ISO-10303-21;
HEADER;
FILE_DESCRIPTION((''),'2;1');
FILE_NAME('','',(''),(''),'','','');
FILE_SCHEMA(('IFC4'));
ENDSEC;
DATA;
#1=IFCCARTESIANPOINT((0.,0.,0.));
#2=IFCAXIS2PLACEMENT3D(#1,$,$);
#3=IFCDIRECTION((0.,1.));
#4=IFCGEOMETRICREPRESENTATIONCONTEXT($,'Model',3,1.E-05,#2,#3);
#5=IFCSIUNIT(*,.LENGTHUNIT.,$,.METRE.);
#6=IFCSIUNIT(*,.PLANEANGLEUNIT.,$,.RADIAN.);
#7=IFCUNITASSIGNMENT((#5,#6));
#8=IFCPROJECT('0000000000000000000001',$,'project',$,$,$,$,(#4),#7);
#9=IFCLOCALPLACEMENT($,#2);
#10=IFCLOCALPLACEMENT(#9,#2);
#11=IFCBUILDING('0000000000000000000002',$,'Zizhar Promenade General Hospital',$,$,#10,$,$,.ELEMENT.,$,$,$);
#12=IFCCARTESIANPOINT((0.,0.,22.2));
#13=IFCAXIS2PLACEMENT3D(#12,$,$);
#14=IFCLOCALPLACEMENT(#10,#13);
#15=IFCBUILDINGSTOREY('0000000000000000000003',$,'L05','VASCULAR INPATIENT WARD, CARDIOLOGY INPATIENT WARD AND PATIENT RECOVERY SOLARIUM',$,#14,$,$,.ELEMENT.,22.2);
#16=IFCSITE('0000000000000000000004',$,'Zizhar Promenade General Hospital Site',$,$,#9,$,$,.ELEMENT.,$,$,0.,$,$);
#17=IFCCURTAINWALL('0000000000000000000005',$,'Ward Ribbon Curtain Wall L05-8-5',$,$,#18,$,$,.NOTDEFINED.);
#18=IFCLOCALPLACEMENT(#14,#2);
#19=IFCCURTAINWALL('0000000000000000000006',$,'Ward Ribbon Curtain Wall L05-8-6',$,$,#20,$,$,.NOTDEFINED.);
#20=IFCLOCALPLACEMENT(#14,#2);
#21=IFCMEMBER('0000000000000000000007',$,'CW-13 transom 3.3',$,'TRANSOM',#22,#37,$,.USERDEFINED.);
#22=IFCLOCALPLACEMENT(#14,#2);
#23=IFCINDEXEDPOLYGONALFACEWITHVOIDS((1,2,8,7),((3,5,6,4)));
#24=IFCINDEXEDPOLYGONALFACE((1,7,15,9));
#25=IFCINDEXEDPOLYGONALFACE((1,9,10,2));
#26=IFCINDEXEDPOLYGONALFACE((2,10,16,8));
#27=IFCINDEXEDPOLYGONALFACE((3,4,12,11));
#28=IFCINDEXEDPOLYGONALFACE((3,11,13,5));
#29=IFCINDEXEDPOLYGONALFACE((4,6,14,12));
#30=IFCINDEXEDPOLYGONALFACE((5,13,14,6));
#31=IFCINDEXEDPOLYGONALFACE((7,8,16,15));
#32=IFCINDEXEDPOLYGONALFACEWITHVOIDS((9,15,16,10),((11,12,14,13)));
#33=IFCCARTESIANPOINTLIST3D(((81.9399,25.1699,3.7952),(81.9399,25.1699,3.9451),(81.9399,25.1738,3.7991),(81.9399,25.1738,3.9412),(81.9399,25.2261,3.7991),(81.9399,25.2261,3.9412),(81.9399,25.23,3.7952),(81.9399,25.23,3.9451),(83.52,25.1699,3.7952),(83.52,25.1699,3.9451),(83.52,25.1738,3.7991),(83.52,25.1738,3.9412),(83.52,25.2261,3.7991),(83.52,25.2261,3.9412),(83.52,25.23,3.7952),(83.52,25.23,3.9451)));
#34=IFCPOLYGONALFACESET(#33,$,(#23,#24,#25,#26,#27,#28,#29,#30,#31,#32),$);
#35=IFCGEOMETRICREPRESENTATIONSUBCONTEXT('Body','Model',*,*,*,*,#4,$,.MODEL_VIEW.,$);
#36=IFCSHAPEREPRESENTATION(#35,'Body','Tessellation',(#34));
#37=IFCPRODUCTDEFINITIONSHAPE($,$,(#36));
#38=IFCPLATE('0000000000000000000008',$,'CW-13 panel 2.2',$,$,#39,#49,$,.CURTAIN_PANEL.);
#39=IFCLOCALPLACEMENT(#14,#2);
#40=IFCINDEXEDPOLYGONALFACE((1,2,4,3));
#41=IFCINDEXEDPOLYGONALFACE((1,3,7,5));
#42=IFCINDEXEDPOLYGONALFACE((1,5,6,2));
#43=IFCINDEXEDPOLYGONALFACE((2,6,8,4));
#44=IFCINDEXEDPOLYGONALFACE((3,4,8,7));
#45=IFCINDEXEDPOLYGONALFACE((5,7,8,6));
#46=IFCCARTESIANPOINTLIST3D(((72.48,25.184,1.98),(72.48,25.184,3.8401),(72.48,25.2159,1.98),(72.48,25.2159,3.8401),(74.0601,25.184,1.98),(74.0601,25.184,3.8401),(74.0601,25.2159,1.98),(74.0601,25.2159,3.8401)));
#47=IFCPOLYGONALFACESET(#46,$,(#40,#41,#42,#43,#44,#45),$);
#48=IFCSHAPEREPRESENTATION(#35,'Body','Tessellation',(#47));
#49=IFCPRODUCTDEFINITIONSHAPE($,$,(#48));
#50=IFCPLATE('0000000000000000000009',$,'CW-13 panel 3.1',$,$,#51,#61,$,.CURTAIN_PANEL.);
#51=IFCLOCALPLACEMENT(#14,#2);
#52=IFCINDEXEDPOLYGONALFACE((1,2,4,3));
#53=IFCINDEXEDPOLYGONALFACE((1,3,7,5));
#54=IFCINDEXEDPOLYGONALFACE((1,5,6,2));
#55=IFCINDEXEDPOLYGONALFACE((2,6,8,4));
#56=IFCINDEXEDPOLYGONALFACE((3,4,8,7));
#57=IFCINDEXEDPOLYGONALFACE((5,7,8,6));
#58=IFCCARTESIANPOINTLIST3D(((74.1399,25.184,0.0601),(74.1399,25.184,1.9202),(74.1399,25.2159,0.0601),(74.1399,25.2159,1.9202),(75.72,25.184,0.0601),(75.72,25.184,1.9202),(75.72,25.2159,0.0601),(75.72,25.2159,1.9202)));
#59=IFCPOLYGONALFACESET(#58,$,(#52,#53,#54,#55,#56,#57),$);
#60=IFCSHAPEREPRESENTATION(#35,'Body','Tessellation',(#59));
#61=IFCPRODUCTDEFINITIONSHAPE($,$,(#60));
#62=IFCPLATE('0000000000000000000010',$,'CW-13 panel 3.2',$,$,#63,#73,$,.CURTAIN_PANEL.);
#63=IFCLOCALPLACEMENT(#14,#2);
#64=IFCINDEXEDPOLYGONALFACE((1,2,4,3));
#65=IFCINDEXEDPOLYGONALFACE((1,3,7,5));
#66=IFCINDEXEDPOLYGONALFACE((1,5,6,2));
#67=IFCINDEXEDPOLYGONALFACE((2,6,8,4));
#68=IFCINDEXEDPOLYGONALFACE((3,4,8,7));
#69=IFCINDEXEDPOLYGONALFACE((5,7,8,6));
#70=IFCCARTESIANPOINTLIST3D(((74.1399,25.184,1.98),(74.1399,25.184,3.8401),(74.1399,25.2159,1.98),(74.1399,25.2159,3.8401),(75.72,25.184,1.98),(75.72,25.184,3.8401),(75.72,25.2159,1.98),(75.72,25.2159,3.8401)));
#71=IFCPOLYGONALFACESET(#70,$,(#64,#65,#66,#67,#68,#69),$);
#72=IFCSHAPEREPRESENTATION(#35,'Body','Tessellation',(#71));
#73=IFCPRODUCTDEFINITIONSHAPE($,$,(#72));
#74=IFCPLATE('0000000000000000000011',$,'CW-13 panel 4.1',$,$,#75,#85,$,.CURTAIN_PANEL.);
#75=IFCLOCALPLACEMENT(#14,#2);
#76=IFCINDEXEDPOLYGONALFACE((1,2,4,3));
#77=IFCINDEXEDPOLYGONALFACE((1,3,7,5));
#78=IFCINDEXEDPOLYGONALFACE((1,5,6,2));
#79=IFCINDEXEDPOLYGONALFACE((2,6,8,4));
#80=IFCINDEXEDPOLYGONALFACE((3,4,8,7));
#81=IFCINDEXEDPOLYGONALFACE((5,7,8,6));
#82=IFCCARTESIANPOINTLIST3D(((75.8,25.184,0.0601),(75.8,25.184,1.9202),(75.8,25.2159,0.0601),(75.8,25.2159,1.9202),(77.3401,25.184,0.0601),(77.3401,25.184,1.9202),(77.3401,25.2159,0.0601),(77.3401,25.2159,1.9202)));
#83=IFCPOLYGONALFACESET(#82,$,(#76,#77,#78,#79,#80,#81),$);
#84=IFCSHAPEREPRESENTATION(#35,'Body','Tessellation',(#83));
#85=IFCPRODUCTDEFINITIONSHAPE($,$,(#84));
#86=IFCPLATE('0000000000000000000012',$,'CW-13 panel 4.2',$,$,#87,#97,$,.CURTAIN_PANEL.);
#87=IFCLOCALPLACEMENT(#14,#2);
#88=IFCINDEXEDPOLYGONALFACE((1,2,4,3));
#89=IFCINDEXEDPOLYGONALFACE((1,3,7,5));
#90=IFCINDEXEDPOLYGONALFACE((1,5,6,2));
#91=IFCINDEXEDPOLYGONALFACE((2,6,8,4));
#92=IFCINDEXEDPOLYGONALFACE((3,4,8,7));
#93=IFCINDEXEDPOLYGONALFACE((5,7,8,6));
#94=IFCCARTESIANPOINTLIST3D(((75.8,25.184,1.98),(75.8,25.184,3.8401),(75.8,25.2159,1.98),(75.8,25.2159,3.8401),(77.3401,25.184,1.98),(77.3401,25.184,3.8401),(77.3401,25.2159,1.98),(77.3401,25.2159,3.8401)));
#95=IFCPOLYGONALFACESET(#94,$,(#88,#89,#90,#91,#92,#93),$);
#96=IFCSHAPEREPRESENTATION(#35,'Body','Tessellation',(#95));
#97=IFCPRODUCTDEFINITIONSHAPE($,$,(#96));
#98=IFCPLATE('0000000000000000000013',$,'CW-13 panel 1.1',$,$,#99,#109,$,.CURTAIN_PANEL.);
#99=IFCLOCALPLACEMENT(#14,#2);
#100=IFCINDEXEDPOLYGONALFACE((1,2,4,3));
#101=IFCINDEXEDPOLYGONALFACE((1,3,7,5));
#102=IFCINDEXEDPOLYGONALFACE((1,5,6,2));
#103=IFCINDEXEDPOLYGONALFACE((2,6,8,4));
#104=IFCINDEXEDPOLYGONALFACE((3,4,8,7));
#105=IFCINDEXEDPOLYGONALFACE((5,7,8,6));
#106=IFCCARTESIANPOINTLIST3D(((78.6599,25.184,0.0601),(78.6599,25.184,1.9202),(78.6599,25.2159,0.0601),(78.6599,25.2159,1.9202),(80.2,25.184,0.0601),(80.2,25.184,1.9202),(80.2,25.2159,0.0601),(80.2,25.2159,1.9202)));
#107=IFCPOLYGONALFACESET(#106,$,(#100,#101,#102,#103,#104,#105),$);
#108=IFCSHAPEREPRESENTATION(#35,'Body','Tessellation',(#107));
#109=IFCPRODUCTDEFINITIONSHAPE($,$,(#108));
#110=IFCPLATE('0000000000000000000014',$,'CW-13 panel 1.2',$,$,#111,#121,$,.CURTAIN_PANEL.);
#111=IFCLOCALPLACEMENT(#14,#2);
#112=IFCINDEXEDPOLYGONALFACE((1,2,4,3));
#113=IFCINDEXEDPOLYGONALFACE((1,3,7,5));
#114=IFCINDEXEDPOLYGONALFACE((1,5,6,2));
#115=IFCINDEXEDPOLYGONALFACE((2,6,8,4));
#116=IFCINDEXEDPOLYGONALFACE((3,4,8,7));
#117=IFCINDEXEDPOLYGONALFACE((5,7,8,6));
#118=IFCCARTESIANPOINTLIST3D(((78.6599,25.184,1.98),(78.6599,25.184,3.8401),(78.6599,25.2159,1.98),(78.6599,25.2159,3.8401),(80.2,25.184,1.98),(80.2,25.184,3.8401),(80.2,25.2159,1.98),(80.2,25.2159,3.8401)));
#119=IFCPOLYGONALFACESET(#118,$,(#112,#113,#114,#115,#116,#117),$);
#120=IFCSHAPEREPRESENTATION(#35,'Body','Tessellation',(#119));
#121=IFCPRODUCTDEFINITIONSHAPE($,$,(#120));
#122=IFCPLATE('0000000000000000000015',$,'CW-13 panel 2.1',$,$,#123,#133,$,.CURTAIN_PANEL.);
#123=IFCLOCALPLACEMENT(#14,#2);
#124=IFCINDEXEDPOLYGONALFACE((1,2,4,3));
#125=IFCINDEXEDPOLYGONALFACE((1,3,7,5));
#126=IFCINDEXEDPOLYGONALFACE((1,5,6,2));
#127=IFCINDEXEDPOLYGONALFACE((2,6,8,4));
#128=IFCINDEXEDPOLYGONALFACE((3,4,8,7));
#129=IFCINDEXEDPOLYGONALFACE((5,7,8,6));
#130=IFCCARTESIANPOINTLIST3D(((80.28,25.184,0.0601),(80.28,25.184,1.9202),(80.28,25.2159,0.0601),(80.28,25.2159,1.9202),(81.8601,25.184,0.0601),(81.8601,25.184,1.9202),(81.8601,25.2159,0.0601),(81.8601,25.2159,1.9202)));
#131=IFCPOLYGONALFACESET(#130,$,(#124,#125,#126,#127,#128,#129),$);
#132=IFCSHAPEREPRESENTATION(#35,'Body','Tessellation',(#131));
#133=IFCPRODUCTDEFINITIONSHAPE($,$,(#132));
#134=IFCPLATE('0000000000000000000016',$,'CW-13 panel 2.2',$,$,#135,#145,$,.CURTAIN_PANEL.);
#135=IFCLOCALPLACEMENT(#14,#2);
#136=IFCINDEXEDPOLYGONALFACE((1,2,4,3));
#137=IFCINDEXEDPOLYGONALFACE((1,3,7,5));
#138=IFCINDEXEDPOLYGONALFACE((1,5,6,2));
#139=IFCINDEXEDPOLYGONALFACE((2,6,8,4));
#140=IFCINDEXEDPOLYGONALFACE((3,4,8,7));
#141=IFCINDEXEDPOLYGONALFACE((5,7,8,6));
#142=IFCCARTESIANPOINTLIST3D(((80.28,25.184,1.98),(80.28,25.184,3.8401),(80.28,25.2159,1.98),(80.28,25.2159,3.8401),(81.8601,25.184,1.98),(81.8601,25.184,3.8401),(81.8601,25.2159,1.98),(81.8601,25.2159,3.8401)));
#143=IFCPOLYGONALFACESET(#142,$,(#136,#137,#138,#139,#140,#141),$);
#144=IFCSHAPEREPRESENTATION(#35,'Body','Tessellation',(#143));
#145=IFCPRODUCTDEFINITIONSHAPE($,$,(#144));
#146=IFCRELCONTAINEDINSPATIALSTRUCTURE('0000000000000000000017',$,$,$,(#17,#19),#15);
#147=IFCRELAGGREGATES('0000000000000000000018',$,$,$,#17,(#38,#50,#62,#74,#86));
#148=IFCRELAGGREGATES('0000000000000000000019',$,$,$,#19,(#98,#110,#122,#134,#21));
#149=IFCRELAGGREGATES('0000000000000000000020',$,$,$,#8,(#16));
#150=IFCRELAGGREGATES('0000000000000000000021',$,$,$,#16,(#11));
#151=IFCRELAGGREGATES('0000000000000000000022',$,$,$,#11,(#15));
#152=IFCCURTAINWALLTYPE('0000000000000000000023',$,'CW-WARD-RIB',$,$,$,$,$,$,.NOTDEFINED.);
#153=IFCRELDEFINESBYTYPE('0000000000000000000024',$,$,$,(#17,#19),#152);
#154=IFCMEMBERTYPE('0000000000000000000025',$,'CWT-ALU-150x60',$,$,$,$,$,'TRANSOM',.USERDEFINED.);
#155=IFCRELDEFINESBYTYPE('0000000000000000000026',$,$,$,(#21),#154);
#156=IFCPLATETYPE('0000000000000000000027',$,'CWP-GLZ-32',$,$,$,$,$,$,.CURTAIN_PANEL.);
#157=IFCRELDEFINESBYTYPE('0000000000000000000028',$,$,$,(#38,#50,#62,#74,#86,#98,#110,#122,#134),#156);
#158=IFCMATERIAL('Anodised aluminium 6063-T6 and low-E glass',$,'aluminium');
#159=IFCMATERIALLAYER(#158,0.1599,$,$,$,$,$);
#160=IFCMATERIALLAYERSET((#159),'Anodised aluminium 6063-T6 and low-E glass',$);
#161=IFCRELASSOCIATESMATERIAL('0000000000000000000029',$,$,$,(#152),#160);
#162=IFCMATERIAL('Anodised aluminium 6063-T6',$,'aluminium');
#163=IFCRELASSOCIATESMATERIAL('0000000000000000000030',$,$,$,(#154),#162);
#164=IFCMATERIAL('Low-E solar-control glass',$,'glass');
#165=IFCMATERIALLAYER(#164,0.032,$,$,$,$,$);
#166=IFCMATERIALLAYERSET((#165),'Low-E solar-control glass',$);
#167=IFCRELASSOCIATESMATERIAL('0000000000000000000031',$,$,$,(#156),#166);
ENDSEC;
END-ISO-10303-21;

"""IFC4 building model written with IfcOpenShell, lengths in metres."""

from ifc_helpers import new_model, si_unit, direction, frame, origin, origin_2d, place, context, subcontext, project, spatial, rectangle, hollow_rectangle, extrude, material, layer, layer_set, material_profile, profile_set, type_object, element, aggregate, save


model = new_model("IFC4")

# Units and contexts
model_context = context("Model", 3, precision=1e-05, world=origin(), true_north=direction((0.0, 1.0)))
body_context = subcontext(model_context, "Body", "Model", "MODEL_VIEW")
ifc_project = project(units=[si_unit("LENGTHUNIT", "METRE"), si_unit("PLANEANGLEUNIT", "RADIAN")], contexts=[model_context])

# Site, building, storey
site_placement = place(None, origin())
site = spatial("IfcSite", under=ifc_project, at=site_placement, Name="Zizhar Promenade General Hospital Site", CompositionType="ELEMENT", RefElevation=0.0)
building_placement = place(site_placement, origin())
building = spatial("IfcBuilding", under=site, at=building_placement, Name="Zizhar Promenade General Hospital", CompositionType="ELEMENT")
storey_placement = place(building_placement, frame((0.0, 0.0, 22.2)))
storey = spatial("IfcBuildingStorey", under=building, at=storey_placement, Name="L05", Description="VASCULAR INPATIENT WARD, CARDIOLOGY INPATIENT WARD AND PATIENT RECOVERY SOLARIUM", CompositionType="ELEMENT", Elevation=22.2)

# Curtain walls
ifc_material_1 = material(Name="Anodised aluminium 6063-T6 and low-E glass", Category="aluminium")
ifc_layer_1 = layer(ifc_material_1, 0.1599)
ifc_layer_set_1 = layer_set([ifc_layer_1], Name="Anodised aluminium 6063-T6 and low-E glass")
curtain_wall_type = type_object("IfcCurtainWallType", Name="CW-WARD-RIB", PredefinedType="NOTDEFINED", material=ifc_layer_set_1)
curtain_wall_1_placement = place(storey_placement, origin())
curtain_wall_1 = element("IfcCurtainWall", 1, at=curtain_wall_1_placement, inside=storey, type_object=curtain_wall_type, Name="Ward Ribbon Curtain Wall L05-8-5", PredefinedType="NOTDEFINED")
curtain_wall_2_placement = place(storey_placement, origin())
curtain_wall_2 = element("IfcCurtainWall", 2, at=curtain_wall_2_placement, inside=storey, type_object=curtain_wall_type, Name="Ward Ribbon Curtain Wall L05-8-6", PredefinedType="NOTDEFINED")

# Member
ifc_material_2 = material(Name="Anodised aluminium 6063-T6", Category="aluminium")
ifc_material_profile_1 = material_profile(ifc_material_2, hollow_rectangle(XDim=0.0601, YDim=0.1499, WallThickness=0.0039, at=origin_2d()))
ifc_profile_set_1 = profile_set([ifc_material_profile_1], Name="Anodised aluminium 6063-T6")
member_type_1 = type_object("IfcMemberType", Name="CWT-ALU-150x60", ElementType="TRANSOM", PredefinedType="USERDEFINED", material=ifc_profile_set_1)
member_1_placement = place(storey_placement, frame((81.9399, 25.2, 3.8701), z_axis=(1.0, 0.0, 0.0), x_axis=(0.0, 1.0, 0.0)))
member_1 = element("IfcMember", 3, at=member_1_placement, type_object=member_type_1, Name="CW-13 transom 3.3", ObjectType="TRANSOM", PredefinedType="USERDEFINED", context=body_context, shape_type="SweptSolid", body=[
    extrude(hollow_rectangle(XDim=0.0601, YDim=0.1499, WallThickness=0.0039, at=origin_2d()), origin(), (0.0, 0.0, 1.0), 1.5801),
])

# Plates
ifc_material_3 = material(Name="Low-E solar-control glass", Category="glass")
ifc_layer_2 = layer(ifc_material_3, 0.032)
ifc_layer_set_2 = layer_set([ifc_layer_2], Name="Low-E solar-control glass")
plate_type = type_object("IfcPlateType", Name="CWP-GLZ-32", PredefinedType="CURTAIN_PANEL", material=ifc_layer_set_2)
plate_1_placement = place(storey_placement, frame((73.27, 25.2, 1.98), z_axis=(0.0, 0.0, 1.0), x_axis=(1.0, 0.0, 0.0)))
plate_1 = element("IfcPlate", 4, at=plate_1_placement, type_object=plate_type, Name="CW-13 panel 2.2", PredefinedType="CURTAIN_PANEL", context=body_context, shape_type="SweptSolid", body=[
    extrude(rectangle(XDim=1.5801, YDim=0.032, at=origin_2d()), origin(), (0.0, 0.0, 1.0), 1.8601),
])
plate_2_placement = place(storey_placement, frame((74.9299, 25.2, 0.0601), z_axis=(0.0, 0.0, 1.0), x_axis=(1.0, 0.0, 0.0)))
plate_2 = element("IfcPlate", 5, at=plate_2_placement, type_object=plate_type, Name="CW-13 panel 3.1", PredefinedType="CURTAIN_PANEL", context=body_context, shape_type="SweptSolid", body=[
    extrude(rectangle(XDim=1.5801, YDim=0.032, at=origin_2d()), origin(), (0.0, 0.0, 1.0), 1.8601),
])
plate_3_placement = place(storey_placement, frame((74.9299, 25.2, 1.98), z_axis=(0.0, 0.0, 1.0), x_axis=(1.0, 0.0, 0.0)))
plate_3 = element("IfcPlate", 6, at=plate_3_placement, type_object=plate_type, Name="CW-13 panel 3.2", PredefinedType="CURTAIN_PANEL", context=body_context, shape_type="SweptSolid", body=[
    extrude(rectangle(XDim=1.5801, YDim=0.032, at=origin_2d()), origin(), (0.0, 0.0, 1.0), 1.8601),
])
plate_4_placement = place(storey_placement, frame((76.5701, 25.2, 0.0601), z_axis=(0.0, 0.0, 1.0), x_axis=(1.0, 0.0, 0.0)))
plate_4 = element("IfcPlate", 7, at=plate_4_placement, type_object=plate_type, Name="CW-13 panel 4.1", PredefinedType="CURTAIN_PANEL", context=body_context, shape_type="SweptSolid", body=[
    extrude(rectangle(XDim=1.54, YDim=0.032, at=origin_2d()), origin(), (0.0, 0.0, 1.0), 1.8601),
])
plate_5_placement = place(storey_placement, frame((76.5701, 25.2, 1.98), z_axis=(0.0, 0.0, 1.0), x_axis=(1.0, 0.0, 0.0)))
plate_5 = element("IfcPlate", 8, at=plate_5_placement, type_object=plate_type, Name="CW-13 panel 4.2", PredefinedType="CURTAIN_PANEL", context=body_context, shape_type="SweptSolid", body=[
    extrude(rectangle(XDim=1.54, YDim=0.032, at=origin_2d()), origin(), (0.0, 0.0, 1.0), 1.8601),
])
aggregate(curtain_wall_1, [plate_1, plate_2, plate_3, plate_4, plate_5])
plate_6_placement = place(storey_placement, frame((79.4299, 25.2, 0.0601), z_axis=(0.0, 0.0, 1.0), x_axis=(1.0, 0.0, 0.0)))
plate_6 = element("IfcPlate", 9, at=plate_6_placement, type_object=plate_type, Name="CW-13 panel 1.1", PredefinedType="CURTAIN_PANEL", context=body_context, shape_type="SweptSolid", body=[
    extrude(rectangle(XDim=1.54, YDim=0.032, at=origin_2d()), origin(), (0.0, 0.0, 1.0), 1.8601),
])
plate_7_placement = place(storey_placement, frame((79.4299, 25.2, 1.98), z_axis=(0.0, 0.0, 1.0), x_axis=(1.0, 0.0, 0.0)))
plate_7 = element("IfcPlate", 10, at=plate_7_placement, type_object=plate_type, Name="CW-13 panel 1.2", PredefinedType="CURTAIN_PANEL", context=body_context, shape_type="SweptSolid", body=[
    extrude(rectangle(XDim=1.54, YDim=0.032, at=origin_2d()), origin(), (0.0, 0.0, 1.0), 1.8601),
])
plate_8_placement = place(storey_placement, frame((81.0701, 25.2, 0.0601), z_axis=(0.0, 0.0, 1.0), x_axis=(1.0, 0.0, 0.0)))
plate_8 = element("IfcPlate", 11, at=plate_8_placement, type_object=plate_type, Name="CW-13 panel 2.1", PredefinedType="CURTAIN_PANEL", context=body_context, shape_type="SweptSolid", body=[
    extrude(rectangle(XDim=1.5801, YDim=0.032, at=origin_2d()), origin(), (0.0, 0.0, 1.0), 1.8601),
])
plate_9_placement = place(storey_placement, frame((81.0701, 25.2, 1.98), z_axis=(0.0, 0.0, 1.0), x_axis=(1.0, 0.0, 0.0)))
plate_9 = element("IfcPlate", 12, at=plate_9_placement, type_object=plate_type, Name="CW-13 panel 2.2", PredefinedType="CURTAIN_PANEL", context=body_context, shape_type="SweptSolid", body=[
    extrude(rectangle(XDim=1.5801, YDim=0.032, at=origin_2d()), origin(), (0.0, 0.0, 1.0), 1.8601),
])
aggregate(curtain_wall_2, [plate_6, plate_7, plate_8, plate_9, member_1])

save(model, "model.ifc")
